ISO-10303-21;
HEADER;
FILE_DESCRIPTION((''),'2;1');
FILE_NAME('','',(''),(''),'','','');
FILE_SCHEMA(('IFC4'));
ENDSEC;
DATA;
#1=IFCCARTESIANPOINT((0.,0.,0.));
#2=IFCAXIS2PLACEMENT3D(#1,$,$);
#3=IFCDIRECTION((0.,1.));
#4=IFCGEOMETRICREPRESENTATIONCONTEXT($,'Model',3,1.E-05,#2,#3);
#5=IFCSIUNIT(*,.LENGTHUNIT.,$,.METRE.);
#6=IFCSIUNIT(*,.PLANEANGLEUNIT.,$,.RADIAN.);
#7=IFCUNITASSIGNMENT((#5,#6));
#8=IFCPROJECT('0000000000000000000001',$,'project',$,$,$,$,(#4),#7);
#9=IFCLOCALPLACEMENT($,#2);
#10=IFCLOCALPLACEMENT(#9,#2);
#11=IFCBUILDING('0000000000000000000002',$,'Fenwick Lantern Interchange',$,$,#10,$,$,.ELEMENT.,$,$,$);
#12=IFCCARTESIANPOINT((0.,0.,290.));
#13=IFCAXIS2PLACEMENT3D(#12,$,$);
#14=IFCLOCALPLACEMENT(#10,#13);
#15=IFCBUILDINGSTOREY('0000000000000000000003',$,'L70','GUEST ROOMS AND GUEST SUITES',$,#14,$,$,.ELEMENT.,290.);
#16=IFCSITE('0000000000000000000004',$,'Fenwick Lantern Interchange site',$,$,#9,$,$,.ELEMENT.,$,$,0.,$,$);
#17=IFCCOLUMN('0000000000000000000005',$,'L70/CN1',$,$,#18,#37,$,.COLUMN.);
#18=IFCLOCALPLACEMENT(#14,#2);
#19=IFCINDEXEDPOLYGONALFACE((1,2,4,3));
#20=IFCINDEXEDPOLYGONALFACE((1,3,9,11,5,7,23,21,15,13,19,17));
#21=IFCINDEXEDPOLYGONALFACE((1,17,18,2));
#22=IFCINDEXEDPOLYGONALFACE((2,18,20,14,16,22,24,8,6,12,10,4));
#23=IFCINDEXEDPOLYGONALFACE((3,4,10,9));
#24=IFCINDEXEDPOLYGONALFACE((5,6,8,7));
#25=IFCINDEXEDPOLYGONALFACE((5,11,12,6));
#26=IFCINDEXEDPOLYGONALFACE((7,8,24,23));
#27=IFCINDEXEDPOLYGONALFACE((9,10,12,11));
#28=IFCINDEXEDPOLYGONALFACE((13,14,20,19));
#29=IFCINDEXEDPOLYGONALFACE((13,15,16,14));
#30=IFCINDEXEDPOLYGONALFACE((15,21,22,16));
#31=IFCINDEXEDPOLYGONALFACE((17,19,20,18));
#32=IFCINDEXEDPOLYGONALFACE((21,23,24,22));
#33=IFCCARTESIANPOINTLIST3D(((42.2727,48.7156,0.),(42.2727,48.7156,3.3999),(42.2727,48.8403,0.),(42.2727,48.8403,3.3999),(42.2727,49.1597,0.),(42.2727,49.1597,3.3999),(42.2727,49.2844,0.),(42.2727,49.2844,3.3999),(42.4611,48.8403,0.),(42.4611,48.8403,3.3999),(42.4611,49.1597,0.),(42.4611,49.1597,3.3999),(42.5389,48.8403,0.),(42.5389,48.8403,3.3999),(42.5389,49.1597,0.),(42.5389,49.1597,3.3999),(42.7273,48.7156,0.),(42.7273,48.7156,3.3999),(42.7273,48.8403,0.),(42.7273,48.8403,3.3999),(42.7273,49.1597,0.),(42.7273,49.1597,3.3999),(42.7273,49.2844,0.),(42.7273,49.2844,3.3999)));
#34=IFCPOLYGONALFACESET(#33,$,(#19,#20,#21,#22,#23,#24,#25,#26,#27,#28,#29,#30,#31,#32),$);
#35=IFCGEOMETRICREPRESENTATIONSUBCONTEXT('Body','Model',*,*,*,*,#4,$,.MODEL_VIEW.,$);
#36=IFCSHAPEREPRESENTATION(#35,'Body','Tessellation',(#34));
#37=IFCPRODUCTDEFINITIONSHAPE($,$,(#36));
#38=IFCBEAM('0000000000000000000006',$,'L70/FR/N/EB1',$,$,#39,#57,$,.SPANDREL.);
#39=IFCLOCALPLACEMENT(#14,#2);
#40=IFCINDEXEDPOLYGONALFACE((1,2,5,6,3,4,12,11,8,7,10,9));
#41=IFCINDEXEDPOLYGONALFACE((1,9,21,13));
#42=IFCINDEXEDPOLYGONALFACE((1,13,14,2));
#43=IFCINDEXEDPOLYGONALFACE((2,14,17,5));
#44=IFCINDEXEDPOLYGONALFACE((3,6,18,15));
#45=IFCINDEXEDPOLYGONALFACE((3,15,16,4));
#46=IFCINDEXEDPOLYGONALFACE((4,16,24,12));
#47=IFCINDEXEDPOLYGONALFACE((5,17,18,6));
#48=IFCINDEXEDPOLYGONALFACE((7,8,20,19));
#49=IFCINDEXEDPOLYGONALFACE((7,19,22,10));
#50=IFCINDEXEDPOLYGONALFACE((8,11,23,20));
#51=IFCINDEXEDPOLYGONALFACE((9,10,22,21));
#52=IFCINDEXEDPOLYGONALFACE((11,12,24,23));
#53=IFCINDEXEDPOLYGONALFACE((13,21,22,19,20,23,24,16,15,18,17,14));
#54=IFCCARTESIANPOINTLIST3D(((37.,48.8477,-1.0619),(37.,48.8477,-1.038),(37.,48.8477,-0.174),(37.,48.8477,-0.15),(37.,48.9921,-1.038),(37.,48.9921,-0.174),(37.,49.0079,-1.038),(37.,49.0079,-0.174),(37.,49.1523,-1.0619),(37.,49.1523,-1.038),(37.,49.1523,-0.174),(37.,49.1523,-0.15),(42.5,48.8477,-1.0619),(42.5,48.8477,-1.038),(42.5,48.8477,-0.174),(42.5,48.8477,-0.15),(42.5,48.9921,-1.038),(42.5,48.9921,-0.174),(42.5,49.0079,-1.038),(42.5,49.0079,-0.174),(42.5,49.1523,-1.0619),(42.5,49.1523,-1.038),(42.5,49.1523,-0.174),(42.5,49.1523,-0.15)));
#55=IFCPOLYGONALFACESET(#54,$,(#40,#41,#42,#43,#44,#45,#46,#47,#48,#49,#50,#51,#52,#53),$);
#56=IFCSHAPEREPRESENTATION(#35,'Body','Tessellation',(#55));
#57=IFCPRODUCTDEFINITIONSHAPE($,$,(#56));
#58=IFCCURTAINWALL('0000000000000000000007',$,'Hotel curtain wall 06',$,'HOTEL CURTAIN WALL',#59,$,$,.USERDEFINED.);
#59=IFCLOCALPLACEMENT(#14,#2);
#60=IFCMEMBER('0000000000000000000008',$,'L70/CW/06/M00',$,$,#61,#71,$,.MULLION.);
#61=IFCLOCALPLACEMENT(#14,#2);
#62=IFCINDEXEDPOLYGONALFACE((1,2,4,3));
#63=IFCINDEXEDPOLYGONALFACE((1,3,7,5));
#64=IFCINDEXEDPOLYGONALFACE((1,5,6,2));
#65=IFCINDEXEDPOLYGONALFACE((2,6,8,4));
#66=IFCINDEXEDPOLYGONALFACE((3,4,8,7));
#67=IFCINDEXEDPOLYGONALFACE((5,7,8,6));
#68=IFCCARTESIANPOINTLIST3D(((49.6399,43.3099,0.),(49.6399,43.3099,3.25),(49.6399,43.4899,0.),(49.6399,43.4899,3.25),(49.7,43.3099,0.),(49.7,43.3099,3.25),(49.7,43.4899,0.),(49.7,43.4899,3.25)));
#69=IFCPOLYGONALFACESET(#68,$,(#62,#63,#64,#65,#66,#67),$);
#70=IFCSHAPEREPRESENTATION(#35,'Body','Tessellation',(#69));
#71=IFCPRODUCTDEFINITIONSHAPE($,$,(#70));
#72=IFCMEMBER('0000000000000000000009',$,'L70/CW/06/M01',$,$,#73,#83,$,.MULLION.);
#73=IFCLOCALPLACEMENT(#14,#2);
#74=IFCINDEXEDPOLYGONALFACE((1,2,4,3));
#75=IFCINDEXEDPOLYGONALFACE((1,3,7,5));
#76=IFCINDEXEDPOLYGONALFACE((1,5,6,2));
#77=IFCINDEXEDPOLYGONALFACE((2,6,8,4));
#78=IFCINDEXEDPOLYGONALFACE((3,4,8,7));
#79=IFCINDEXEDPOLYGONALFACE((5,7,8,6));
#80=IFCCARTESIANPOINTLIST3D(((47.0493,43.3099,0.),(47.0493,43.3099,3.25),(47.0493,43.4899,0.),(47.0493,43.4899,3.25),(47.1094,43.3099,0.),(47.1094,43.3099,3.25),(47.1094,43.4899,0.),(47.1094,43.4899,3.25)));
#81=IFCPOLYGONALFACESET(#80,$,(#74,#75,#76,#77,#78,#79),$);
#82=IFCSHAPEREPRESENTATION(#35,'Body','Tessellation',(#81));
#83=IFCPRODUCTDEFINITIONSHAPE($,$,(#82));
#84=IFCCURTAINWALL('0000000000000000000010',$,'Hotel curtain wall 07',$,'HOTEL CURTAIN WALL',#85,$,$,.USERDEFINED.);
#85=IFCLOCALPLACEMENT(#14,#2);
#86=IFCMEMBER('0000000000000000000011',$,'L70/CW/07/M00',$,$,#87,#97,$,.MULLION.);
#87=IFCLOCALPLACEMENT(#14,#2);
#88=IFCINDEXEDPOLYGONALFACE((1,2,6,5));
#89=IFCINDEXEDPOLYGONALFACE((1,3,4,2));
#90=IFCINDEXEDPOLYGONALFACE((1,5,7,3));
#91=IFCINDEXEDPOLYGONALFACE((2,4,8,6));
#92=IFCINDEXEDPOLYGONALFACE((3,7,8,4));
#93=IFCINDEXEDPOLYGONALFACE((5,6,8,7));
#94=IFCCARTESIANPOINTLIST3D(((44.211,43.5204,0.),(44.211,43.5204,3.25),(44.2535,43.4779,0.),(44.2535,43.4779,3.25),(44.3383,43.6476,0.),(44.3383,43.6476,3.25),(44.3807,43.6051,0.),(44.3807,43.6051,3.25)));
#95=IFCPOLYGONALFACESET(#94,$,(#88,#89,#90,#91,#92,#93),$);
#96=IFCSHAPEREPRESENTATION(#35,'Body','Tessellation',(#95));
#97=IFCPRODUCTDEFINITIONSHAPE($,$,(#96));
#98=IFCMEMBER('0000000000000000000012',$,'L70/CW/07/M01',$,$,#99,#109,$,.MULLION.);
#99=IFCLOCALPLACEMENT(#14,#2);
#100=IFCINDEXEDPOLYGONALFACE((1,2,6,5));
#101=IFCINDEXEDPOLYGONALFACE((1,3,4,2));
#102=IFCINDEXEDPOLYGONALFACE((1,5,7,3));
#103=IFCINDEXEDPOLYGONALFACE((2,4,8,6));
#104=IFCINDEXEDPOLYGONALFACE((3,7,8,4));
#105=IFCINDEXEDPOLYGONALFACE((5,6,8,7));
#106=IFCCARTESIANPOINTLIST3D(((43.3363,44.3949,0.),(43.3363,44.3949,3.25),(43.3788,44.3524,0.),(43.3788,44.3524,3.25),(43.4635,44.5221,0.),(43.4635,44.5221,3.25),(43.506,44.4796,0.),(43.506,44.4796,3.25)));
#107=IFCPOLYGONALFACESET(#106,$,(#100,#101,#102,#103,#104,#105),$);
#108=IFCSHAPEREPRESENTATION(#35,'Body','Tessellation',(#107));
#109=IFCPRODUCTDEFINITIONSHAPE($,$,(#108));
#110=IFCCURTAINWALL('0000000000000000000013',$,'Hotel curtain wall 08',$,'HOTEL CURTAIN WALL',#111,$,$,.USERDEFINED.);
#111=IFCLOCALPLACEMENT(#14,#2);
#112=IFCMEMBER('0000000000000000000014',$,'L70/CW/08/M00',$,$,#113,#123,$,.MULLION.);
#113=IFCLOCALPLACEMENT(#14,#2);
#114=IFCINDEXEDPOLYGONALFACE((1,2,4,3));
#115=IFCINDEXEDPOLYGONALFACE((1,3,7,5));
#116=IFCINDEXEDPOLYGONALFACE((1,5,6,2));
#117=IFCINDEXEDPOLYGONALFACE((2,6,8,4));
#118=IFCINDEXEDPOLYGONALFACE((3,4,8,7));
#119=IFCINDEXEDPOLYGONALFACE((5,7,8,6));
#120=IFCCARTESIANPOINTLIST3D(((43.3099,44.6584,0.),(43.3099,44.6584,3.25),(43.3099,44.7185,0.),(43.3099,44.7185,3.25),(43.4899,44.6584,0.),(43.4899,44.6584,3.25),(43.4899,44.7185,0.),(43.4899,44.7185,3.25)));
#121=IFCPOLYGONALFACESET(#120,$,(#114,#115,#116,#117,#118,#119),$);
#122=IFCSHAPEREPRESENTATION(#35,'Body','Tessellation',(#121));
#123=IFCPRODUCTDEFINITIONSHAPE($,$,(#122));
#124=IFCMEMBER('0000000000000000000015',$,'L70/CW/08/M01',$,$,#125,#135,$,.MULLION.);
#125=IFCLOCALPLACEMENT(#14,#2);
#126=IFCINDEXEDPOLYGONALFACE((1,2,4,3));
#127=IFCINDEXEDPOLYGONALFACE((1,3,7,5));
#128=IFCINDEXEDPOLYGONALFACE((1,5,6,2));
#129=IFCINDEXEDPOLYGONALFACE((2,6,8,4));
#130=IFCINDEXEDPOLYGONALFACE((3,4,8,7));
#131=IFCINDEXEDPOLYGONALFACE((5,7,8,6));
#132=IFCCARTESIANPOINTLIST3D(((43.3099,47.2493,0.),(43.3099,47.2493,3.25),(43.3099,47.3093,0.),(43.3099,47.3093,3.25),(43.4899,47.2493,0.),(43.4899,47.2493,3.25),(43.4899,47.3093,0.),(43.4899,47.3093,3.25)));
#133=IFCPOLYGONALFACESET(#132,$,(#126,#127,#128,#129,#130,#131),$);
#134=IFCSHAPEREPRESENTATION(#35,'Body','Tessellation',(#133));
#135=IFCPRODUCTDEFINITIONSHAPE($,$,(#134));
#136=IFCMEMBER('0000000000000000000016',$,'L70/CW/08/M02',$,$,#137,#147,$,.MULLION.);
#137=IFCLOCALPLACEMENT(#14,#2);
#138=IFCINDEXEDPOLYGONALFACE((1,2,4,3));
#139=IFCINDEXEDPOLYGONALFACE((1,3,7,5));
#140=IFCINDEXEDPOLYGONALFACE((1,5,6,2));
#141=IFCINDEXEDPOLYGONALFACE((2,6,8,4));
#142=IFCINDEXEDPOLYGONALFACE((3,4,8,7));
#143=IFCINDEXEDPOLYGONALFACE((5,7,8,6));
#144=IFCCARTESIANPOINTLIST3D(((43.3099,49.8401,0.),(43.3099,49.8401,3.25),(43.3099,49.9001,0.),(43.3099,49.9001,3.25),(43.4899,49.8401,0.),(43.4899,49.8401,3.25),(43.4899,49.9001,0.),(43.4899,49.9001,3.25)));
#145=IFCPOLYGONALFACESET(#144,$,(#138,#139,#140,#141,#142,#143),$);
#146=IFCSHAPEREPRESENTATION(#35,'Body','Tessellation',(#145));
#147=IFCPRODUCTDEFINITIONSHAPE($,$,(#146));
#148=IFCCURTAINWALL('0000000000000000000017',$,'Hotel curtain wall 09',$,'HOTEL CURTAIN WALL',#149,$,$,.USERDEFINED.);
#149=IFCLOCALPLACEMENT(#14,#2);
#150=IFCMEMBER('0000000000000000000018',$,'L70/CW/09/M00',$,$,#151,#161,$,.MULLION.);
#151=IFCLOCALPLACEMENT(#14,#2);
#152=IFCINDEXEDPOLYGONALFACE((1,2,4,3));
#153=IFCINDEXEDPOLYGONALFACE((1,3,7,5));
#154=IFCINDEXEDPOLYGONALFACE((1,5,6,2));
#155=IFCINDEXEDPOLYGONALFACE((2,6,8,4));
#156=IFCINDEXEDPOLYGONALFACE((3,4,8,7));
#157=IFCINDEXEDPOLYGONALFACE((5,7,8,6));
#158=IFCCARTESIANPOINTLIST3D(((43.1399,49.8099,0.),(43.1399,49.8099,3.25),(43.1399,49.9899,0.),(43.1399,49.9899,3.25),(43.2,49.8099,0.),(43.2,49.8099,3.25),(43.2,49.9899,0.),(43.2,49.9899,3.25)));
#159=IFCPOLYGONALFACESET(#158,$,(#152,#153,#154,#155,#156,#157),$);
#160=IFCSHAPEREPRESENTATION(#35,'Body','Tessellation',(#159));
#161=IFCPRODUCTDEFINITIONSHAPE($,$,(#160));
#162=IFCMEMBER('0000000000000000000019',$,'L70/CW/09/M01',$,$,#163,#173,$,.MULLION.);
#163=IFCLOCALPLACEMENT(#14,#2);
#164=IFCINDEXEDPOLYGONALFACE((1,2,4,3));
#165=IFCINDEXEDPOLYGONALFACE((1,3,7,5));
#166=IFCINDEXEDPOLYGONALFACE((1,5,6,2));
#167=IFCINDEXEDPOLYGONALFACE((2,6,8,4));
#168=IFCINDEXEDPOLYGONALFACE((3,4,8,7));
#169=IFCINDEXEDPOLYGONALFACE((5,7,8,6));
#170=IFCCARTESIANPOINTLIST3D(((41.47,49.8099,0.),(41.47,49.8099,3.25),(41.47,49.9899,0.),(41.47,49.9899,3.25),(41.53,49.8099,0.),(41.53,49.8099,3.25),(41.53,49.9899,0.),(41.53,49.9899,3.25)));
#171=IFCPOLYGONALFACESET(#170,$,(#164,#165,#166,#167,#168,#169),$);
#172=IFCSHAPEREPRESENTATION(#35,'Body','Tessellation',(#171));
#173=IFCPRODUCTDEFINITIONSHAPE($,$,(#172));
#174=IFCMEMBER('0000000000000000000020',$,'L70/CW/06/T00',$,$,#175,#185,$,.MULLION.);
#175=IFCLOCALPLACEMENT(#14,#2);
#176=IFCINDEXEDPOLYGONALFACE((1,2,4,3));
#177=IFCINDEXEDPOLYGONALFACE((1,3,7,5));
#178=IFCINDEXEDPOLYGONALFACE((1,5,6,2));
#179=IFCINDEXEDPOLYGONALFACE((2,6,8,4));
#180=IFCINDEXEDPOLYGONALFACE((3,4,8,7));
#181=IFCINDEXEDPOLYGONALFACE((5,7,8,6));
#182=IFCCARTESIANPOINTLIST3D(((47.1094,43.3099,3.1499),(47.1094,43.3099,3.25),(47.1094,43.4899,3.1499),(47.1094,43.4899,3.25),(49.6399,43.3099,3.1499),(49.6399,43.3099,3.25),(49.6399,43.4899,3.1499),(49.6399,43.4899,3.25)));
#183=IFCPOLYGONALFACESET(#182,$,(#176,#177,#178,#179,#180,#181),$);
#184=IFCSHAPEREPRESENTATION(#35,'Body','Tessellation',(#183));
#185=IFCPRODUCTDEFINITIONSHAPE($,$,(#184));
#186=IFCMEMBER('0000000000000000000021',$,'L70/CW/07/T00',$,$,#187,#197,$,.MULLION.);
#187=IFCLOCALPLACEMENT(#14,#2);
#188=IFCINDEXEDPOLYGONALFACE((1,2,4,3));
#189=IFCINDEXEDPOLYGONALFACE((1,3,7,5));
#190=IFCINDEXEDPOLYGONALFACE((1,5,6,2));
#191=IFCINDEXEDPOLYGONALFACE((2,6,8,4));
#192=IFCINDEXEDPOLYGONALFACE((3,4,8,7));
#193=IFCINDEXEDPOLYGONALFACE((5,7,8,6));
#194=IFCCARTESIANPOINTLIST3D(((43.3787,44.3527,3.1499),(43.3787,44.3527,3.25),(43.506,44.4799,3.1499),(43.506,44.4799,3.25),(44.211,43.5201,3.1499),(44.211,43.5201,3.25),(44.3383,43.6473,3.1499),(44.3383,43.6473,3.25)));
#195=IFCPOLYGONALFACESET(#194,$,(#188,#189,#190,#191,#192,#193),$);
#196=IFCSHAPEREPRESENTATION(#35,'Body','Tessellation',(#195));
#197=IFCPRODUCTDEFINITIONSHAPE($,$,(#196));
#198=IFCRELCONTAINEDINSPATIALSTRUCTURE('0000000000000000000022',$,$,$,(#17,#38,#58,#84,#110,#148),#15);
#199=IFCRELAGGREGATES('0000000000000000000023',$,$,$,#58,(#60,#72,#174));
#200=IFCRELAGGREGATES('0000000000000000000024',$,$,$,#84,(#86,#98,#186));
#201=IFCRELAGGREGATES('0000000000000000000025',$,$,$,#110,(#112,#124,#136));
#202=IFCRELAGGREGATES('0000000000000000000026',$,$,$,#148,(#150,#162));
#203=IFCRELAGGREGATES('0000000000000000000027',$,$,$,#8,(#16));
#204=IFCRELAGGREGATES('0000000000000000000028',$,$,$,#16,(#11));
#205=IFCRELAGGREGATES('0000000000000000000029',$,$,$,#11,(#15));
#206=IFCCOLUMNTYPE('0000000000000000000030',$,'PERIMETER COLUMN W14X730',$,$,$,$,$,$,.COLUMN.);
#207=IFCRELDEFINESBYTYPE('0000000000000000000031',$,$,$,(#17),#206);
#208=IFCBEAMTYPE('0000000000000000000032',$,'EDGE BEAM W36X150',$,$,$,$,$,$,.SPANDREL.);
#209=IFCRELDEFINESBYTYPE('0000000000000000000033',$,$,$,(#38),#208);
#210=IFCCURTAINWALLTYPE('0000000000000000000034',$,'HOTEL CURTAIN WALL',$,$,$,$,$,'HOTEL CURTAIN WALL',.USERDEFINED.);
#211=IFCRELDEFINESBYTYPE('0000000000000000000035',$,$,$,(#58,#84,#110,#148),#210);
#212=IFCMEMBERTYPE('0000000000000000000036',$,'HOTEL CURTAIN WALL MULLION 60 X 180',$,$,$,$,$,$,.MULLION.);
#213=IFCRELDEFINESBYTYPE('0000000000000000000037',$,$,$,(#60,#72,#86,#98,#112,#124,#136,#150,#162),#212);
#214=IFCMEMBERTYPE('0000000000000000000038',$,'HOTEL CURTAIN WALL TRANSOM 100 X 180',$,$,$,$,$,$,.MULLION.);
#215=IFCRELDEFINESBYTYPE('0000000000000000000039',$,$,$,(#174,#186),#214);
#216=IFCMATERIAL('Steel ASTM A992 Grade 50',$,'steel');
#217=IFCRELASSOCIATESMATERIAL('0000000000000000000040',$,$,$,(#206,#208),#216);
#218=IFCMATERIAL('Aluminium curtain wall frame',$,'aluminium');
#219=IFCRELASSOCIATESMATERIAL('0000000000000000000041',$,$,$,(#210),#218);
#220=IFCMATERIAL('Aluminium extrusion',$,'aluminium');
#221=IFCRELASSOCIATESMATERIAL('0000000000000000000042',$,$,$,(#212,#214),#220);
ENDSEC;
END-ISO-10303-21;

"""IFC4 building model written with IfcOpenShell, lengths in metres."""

from ifc_helpers import new_model, si_unit, direction, frame, origin, origin_2d, place, context, subcontext, project, spatial, rectangle, i_section, extrude, material, material_profile, profile_set, type_object, element, aggregate, save


model = new_model("IFC4")

# Units and contexts
model_context = context("Model", 3, precision=1e-05, world=origin(), true_north=direction((0.0, 1.0)))
body_context = subcontext(model_context, "Body", "Model", "MODEL_VIEW")
ifc_project = project(units=[si_unit("LENGTHUNIT", "METRE"), si_unit("PLANEANGLEUNIT", "RADIAN")], contexts=[model_context])

# Site, building, storey
site_placement = place(None, origin())
site = spatial("IfcSite", under=ifc_project, at=site_placement, Name="Fenwick Lantern Interchange site", CompositionType="ELEMENT", RefElevation=0.0)
building_placement = place(site_placement, origin())
building = spatial("IfcBuilding", under=site, at=building_placement, Name="Fenwick Lantern Interchange", CompositionType="ELEMENT")
storey_placement = place(building_placement, frame((0.0, 0.0, 290.0)))
storey = spatial("IfcBuildingStorey", under=building, at=storey_placement, Name="L70", Description="GUEST ROOMS AND GUEST SUITES", CompositionType="ELEMENT", Elevation=290.0)

# Column
ifc_material_1 = material(Name="Steel ASTM A992 Grade 50", Category="steel")
ifc_material_profile_1 = material_profile(ifc_material_1, i_section(OverallWidth=0.4546, OverallDepth=0.5688, WebThickness=0.0779, FlangeThickness=0.1248, at=origin_2d()), Name="W14X730")
ifc_profile_set_1 = profile_set([ifc_material_profile_1], Name="Steel ASTM A992 Grade 50")
column_type = type_object("IfcColumnType", Name="PERIMETER COLUMN W14X730", PredefinedType="COLUMN", material=ifc_profile_set_1)
column_placement = place(storey_placement, frame((42.5, 49.0, 0.0), z_axis=(0.0, 0.0, 1.0), x_axis=(1.0, 0.0, 0.0)))
element("IfcColumn", 1, at=column_placement, inside=storey, type_object=column_type, Name="L70/CN1", PredefinedType="COLUMN", context=body_context, shape_type="SweptSolid", body=[
    extrude(i_section(OverallWidth=0.4546, OverallDepth=0.5688, WebThickness=0.0779, FlangeThickness=0.1248, at=origin_2d()), origin(), (0.0, 0.0, 1.0), 3.3999),
])

# Beam
ifc_material_profile_2 = material_profile(ifc_material_1, i_section(OverallWidth=0.3047, OverallDepth=0.9119, WebThickness=0.0159, FlangeThickness=0.0239, at=origin_2d()), Name="W36X150")
ifc_profile_set_2 = profile_set([ifc_material_profile_2], Name="Steel ASTM A992 Grade 50")
beam_type = type_object("IfcBeamType", Name="EDGE BEAM W36X150", PredefinedType="SPANDREL", material=ifc_profile_set_2)
beam_placement = place(storey_placement, frame((42.5, 49.0, -0.606), z_axis=(-1.0, 0.0, 0.0), x_axis=(0.0, -1.0, 0.0)))
element("IfcBeam", 2, at=beam_placement, inside=storey, type_object=beam_type, Name="L70/FR/N/EB1", PredefinedType="SPANDREL", context=body_context, shape_type="SweptSolid", body=[
    extrude(i_section(OverallWidth=0.3047, OverallDepth=0.9119, WebThickness=0.0159, FlangeThickness=0.0239, at=origin_2d()), origin(), (0.0, 0.0, 1.0), 5.5),
])

# Curtain walls, members
ifc_material_2 = material(Name="Aluminium curtain wall frame", Category="aluminium")
curtain_wall_type = type_object("IfcCurtainWallType", Name="HOTEL CURTAIN WALL", ElementType="HOTEL CURTAIN WALL", PredefinedType="USERDEFINED", material=ifc_material_2)
curtain_wall_1_placement = place(storey_placement, origin())
curtain_wall_1 = element("IfcCurtainWall", 3, at=curtain_wall_1_placement, inside=storey, type_object=curtain_wall_type, Name="Hotel curtain wall 06", ObjectType="HOTEL CURTAIN WALL", PredefinedType="USERDEFINED")
ifc_material_3 = material(Name="Aluminium extrusion", Category="aluminium")
ifc_material_profile_3 = material_profile(ifc_material_3, rectangle(XDim=0.1799, YDim=0.0601, at=origin_2d()), Name="HOTEL CURTAIN WALL MULLION 60 X 180")
ifc_profile_set_3 = profile_set([ifc_material_profile_3], Name="Aluminium extrusion")
member_type_1 = type_object("IfcMemberType", Name="HOTEL CURTAIN WALL MULLION 60 X 180", PredefinedType="MULLION", material=ifc_profile_set_3)
member_1_placement = place(storey_placement, frame((49.6699, 43.3999, 0.0), z_axis=(0.0, 0.0, 1.0), x_axis=(0.0, -1.0, 0.0)))
member_1 = element("IfcMember", 4, at=member_1_placement, type_object=member_type_1, Name="L70/CW/06/M00", PredefinedType="MULLION", context=body_context, shape_type="SweptSolid", body=[
    extrude(rectangle(XDim=0.1799, YDim=0.0601, at=origin_2d()), origin(), (0.0, 0.0, 1.0), 3.25),
])
member_2_placement = place(storey_placement, frame((47.0793, 43.3999, 0.0), z_axis=(0.0, 0.0, 1.0), x_axis=(0.0, -1.0, 0.0)))
member_2 = element("IfcMember", 5, at=member_2_placement, type_object=member_type_1, Name="L70/CW/06/M01", PredefinedType="MULLION", context=body_context, shape_type="SweptSolid", body=[
    extrude(rectangle(XDim=0.1799, YDim=0.0601, at=origin_2d()), origin(), (0.0, 0.0, 1.0), 3.25),
])
curtain_wall_2_placement = place(storey_placement, origin())
curtain_wall_2 = element("IfcCurtainWall", 6, at=curtain_wall_2_placement, inside=storey, type_object=curtain_wall_type, Name="Hotel curtain wall 07", ObjectType="HOTEL CURTAIN WALL", PredefinedType="USERDEFINED")
member_3_placement = place(storey_placement, frame((44.2959, 43.5627, 0.0), z_axis=(0.0, 0.0, 1.0), x_axis=(-0.707107, -0.707107, 0.0)))
member_3 = element("IfcMember", 7, at=member_3_placement, type_object=member_type_1, Name="L70/CW/07/M00", PredefinedType="MULLION", context=body_context, shape_type="SweptSolid", body=[
    extrude(rectangle(XDim=0.1799, YDim=0.0601, at=origin_2d()), origin(), (0.0, 0.0, 1.0), 3.25),
])
member_4_placement = place(storey_placement, frame((43.4211, 44.4373, 0.0), z_axis=(0.0, 0.0, 1.0), x_axis=(-0.707107, -0.707107, 0.0)))
member_4 = element("IfcMember", 8, at=member_4_placement, type_object=member_type_1, Name="L70/CW/07/M01", PredefinedType="MULLION", context=body_context, shape_type="SweptSolid", body=[
    extrude(rectangle(XDim=0.1799, YDim=0.0601, at=origin_2d()), origin(), (0.0, 0.0, 1.0), 3.25),
])
curtain_wall_3_placement = place(storey_placement, origin())
curtain_wall_3 = element("IfcCurtainWall", 9, at=curtain_wall_3_placement, inside=storey, type_object=curtain_wall_type, Name="Hotel curtain wall 08", ObjectType="HOTEL CURTAIN WALL", PredefinedType="USERDEFINED")
member_5_placement = place(storey_placement, frame((43.3999, 44.6885, 0.0), z_axis=(0.0, 0.0, 1.0), x_axis=(-1.0, 0.0, 0.0)))
member_5 = element("IfcMember", 10, at=member_5_placement, type_object=member_type_1, Name="L70/CW/08/M00", PredefinedType="MULLION", context=body_context, shape_type="SweptSolid", body=[
    extrude(rectangle(XDim=0.1799, YDim=0.0601, at=origin_2d()), origin(), (0.0, 0.0, 1.0), 3.25),
])
member_6_placement = place(storey_placement, frame((43.3999, 47.2793, 0.0), z_axis=(0.0, 0.0, 1.0), x_axis=(-1.0, 0.0, 0.0)))
member_6 = element("IfcMember", 11, at=member_6_placement, type_object=member_type_1, Name="L70/CW/08/M01", PredefinedType="MULLION", context=body_context, shape_type="SweptSolid", body=[
    extrude(rectangle(XDim=0.1799, YDim=0.0601, at=origin_2d()), origin(), (0.0, 0.0, 1.0), 3.25),
])
member_7_placement = place(storey_placement, frame((43.3999, 49.8701, 0.0), z_axis=(0.0, 0.0, 1.0), x_axis=(-1.0, 0.0, 0.0)))
member_7 = element("IfcMember", 12, at=member_7_placement, type_object=member_type_1, Name="L70/CW/08/M02", PredefinedType="MULLION", context=body_context, shape_type="SweptSolid", body=[
    extrude(rectangle(XDim=0.1799, YDim=0.0601, at=origin_2d()), origin(), (0.0, 0.0, 1.0), 3.25),
])
curtain_wall_4_placement = place(storey_placement, origin())
curtain_wall_4 = element("IfcCurtainWall", 13, at=curtain_wall_4_placement, inside=storey, type_object=curtain_wall_type, Name="Hotel curtain wall 09", ObjectType="HOTEL CURTAIN WALL", PredefinedType="USERDEFINED")
member_8_placement = place(storey_placement, frame((43.1699, 49.8999, 0.0), z_axis=(0.0, 0.0, 1.0), x_axis=(0.0, -1.0, 0.0)))
member_8 = element("IfcMember", 14, at=member_8_placement, type_object=member_type_1, Name="L70/CW/09/M00", PredefinedType="MULLION", context=body_context, shape_type="SweptSolid", body=[
    extrude(rectangle(XDim=0.1799, YDim=0.0601, at=origin_2d()), origin(), (0.0, 0.0, 1.0), 3.25),
])
member_9_placement = place(storey_placement, frame((41.5, 49.8999, 0.0), z_axis=(0.0, 0.0, 1.0), x_axis=(0.0, -1.0, 0.0)))
member_9 = element("IfcMember", 15, at=member_9_placement, type_object=member_type_1, Name="L70/CW/09/M01", PredefinedType="MULLION", context=body_context, shape_type="SweptSolid", body=[
    extrude(rectangle(XDim=0.1799, YDim=0.0601, at=origin_2d()), origin(), (0.0, 0.0, 1.0), 3.25),
])

# Members
ifc_material_profile_4 = material_profile(ifc_material_3, rectangle(XDim=0.1799, YDim=0.1001, at=origin_2d()), Name="HOTEL CURTAIN WALL TRANSOM 100 X 180")
ifc_profile_set_4 = profile_set([ifc_material_profile_4], Name="Aluminium extrusion")
member_type_2 = type_object("IfcMemberType", Name="HOTEL CURTAIN WALL TRANSOM 100 X 180", PredefinedType="MULLION", material=ifc_profile_set_4)
member_10_placement = place(storey_placement, frame((49.6399, 43.3999, 3.2), z_axis=(-1.0, 0.0, 0.0), x_axis=(0.0, -1.0, 0.0)))
member_10 = element("IfcMember", 16, at=member_10_placement, type_object=member_type_2, Name="L70/CW/06/T00", PredefinedType="MULLION", context=body_context, shape_type="SweptSolid", body=[
    extrude(rectangle(XDim=0.1799, YDim=0.1001, at=origin_2d()), origin(), (0.0, 0.0, 1.0), 2.5305),
])
member_11_placement = place(storey_placement, frame((44.2747, 43.5837, 3.2), z_axis=(-0.707003, 0.70721, 0.0), x_axis=(-0.70721, -0.707003, 0.0)))
member_11 = element("IfcMember", 17, at=member_11_placement, type_object=member_type_2, Name="L70/CW/07/T00", PredefinedType="MULLION", context=body_context, shape_type="SweptSolid", body=[
    extrude(rectangle(XDim=0.1799, YDim=0.1001, at=origin_2d()), origin(), (0.0, 0.0, 1.0), 1.1772),
])

aggregate(curtain_wall_1, [member_1, member_2, member_10])
aggregate(curtain_wall_2, [member_3, member_4, member_11])
aggregate(curtain_wall_3, [member_5, member_6, member_7])
aggregate(curtain_wall_4, [member_8, member_9])

save(model, "model.ifc")
